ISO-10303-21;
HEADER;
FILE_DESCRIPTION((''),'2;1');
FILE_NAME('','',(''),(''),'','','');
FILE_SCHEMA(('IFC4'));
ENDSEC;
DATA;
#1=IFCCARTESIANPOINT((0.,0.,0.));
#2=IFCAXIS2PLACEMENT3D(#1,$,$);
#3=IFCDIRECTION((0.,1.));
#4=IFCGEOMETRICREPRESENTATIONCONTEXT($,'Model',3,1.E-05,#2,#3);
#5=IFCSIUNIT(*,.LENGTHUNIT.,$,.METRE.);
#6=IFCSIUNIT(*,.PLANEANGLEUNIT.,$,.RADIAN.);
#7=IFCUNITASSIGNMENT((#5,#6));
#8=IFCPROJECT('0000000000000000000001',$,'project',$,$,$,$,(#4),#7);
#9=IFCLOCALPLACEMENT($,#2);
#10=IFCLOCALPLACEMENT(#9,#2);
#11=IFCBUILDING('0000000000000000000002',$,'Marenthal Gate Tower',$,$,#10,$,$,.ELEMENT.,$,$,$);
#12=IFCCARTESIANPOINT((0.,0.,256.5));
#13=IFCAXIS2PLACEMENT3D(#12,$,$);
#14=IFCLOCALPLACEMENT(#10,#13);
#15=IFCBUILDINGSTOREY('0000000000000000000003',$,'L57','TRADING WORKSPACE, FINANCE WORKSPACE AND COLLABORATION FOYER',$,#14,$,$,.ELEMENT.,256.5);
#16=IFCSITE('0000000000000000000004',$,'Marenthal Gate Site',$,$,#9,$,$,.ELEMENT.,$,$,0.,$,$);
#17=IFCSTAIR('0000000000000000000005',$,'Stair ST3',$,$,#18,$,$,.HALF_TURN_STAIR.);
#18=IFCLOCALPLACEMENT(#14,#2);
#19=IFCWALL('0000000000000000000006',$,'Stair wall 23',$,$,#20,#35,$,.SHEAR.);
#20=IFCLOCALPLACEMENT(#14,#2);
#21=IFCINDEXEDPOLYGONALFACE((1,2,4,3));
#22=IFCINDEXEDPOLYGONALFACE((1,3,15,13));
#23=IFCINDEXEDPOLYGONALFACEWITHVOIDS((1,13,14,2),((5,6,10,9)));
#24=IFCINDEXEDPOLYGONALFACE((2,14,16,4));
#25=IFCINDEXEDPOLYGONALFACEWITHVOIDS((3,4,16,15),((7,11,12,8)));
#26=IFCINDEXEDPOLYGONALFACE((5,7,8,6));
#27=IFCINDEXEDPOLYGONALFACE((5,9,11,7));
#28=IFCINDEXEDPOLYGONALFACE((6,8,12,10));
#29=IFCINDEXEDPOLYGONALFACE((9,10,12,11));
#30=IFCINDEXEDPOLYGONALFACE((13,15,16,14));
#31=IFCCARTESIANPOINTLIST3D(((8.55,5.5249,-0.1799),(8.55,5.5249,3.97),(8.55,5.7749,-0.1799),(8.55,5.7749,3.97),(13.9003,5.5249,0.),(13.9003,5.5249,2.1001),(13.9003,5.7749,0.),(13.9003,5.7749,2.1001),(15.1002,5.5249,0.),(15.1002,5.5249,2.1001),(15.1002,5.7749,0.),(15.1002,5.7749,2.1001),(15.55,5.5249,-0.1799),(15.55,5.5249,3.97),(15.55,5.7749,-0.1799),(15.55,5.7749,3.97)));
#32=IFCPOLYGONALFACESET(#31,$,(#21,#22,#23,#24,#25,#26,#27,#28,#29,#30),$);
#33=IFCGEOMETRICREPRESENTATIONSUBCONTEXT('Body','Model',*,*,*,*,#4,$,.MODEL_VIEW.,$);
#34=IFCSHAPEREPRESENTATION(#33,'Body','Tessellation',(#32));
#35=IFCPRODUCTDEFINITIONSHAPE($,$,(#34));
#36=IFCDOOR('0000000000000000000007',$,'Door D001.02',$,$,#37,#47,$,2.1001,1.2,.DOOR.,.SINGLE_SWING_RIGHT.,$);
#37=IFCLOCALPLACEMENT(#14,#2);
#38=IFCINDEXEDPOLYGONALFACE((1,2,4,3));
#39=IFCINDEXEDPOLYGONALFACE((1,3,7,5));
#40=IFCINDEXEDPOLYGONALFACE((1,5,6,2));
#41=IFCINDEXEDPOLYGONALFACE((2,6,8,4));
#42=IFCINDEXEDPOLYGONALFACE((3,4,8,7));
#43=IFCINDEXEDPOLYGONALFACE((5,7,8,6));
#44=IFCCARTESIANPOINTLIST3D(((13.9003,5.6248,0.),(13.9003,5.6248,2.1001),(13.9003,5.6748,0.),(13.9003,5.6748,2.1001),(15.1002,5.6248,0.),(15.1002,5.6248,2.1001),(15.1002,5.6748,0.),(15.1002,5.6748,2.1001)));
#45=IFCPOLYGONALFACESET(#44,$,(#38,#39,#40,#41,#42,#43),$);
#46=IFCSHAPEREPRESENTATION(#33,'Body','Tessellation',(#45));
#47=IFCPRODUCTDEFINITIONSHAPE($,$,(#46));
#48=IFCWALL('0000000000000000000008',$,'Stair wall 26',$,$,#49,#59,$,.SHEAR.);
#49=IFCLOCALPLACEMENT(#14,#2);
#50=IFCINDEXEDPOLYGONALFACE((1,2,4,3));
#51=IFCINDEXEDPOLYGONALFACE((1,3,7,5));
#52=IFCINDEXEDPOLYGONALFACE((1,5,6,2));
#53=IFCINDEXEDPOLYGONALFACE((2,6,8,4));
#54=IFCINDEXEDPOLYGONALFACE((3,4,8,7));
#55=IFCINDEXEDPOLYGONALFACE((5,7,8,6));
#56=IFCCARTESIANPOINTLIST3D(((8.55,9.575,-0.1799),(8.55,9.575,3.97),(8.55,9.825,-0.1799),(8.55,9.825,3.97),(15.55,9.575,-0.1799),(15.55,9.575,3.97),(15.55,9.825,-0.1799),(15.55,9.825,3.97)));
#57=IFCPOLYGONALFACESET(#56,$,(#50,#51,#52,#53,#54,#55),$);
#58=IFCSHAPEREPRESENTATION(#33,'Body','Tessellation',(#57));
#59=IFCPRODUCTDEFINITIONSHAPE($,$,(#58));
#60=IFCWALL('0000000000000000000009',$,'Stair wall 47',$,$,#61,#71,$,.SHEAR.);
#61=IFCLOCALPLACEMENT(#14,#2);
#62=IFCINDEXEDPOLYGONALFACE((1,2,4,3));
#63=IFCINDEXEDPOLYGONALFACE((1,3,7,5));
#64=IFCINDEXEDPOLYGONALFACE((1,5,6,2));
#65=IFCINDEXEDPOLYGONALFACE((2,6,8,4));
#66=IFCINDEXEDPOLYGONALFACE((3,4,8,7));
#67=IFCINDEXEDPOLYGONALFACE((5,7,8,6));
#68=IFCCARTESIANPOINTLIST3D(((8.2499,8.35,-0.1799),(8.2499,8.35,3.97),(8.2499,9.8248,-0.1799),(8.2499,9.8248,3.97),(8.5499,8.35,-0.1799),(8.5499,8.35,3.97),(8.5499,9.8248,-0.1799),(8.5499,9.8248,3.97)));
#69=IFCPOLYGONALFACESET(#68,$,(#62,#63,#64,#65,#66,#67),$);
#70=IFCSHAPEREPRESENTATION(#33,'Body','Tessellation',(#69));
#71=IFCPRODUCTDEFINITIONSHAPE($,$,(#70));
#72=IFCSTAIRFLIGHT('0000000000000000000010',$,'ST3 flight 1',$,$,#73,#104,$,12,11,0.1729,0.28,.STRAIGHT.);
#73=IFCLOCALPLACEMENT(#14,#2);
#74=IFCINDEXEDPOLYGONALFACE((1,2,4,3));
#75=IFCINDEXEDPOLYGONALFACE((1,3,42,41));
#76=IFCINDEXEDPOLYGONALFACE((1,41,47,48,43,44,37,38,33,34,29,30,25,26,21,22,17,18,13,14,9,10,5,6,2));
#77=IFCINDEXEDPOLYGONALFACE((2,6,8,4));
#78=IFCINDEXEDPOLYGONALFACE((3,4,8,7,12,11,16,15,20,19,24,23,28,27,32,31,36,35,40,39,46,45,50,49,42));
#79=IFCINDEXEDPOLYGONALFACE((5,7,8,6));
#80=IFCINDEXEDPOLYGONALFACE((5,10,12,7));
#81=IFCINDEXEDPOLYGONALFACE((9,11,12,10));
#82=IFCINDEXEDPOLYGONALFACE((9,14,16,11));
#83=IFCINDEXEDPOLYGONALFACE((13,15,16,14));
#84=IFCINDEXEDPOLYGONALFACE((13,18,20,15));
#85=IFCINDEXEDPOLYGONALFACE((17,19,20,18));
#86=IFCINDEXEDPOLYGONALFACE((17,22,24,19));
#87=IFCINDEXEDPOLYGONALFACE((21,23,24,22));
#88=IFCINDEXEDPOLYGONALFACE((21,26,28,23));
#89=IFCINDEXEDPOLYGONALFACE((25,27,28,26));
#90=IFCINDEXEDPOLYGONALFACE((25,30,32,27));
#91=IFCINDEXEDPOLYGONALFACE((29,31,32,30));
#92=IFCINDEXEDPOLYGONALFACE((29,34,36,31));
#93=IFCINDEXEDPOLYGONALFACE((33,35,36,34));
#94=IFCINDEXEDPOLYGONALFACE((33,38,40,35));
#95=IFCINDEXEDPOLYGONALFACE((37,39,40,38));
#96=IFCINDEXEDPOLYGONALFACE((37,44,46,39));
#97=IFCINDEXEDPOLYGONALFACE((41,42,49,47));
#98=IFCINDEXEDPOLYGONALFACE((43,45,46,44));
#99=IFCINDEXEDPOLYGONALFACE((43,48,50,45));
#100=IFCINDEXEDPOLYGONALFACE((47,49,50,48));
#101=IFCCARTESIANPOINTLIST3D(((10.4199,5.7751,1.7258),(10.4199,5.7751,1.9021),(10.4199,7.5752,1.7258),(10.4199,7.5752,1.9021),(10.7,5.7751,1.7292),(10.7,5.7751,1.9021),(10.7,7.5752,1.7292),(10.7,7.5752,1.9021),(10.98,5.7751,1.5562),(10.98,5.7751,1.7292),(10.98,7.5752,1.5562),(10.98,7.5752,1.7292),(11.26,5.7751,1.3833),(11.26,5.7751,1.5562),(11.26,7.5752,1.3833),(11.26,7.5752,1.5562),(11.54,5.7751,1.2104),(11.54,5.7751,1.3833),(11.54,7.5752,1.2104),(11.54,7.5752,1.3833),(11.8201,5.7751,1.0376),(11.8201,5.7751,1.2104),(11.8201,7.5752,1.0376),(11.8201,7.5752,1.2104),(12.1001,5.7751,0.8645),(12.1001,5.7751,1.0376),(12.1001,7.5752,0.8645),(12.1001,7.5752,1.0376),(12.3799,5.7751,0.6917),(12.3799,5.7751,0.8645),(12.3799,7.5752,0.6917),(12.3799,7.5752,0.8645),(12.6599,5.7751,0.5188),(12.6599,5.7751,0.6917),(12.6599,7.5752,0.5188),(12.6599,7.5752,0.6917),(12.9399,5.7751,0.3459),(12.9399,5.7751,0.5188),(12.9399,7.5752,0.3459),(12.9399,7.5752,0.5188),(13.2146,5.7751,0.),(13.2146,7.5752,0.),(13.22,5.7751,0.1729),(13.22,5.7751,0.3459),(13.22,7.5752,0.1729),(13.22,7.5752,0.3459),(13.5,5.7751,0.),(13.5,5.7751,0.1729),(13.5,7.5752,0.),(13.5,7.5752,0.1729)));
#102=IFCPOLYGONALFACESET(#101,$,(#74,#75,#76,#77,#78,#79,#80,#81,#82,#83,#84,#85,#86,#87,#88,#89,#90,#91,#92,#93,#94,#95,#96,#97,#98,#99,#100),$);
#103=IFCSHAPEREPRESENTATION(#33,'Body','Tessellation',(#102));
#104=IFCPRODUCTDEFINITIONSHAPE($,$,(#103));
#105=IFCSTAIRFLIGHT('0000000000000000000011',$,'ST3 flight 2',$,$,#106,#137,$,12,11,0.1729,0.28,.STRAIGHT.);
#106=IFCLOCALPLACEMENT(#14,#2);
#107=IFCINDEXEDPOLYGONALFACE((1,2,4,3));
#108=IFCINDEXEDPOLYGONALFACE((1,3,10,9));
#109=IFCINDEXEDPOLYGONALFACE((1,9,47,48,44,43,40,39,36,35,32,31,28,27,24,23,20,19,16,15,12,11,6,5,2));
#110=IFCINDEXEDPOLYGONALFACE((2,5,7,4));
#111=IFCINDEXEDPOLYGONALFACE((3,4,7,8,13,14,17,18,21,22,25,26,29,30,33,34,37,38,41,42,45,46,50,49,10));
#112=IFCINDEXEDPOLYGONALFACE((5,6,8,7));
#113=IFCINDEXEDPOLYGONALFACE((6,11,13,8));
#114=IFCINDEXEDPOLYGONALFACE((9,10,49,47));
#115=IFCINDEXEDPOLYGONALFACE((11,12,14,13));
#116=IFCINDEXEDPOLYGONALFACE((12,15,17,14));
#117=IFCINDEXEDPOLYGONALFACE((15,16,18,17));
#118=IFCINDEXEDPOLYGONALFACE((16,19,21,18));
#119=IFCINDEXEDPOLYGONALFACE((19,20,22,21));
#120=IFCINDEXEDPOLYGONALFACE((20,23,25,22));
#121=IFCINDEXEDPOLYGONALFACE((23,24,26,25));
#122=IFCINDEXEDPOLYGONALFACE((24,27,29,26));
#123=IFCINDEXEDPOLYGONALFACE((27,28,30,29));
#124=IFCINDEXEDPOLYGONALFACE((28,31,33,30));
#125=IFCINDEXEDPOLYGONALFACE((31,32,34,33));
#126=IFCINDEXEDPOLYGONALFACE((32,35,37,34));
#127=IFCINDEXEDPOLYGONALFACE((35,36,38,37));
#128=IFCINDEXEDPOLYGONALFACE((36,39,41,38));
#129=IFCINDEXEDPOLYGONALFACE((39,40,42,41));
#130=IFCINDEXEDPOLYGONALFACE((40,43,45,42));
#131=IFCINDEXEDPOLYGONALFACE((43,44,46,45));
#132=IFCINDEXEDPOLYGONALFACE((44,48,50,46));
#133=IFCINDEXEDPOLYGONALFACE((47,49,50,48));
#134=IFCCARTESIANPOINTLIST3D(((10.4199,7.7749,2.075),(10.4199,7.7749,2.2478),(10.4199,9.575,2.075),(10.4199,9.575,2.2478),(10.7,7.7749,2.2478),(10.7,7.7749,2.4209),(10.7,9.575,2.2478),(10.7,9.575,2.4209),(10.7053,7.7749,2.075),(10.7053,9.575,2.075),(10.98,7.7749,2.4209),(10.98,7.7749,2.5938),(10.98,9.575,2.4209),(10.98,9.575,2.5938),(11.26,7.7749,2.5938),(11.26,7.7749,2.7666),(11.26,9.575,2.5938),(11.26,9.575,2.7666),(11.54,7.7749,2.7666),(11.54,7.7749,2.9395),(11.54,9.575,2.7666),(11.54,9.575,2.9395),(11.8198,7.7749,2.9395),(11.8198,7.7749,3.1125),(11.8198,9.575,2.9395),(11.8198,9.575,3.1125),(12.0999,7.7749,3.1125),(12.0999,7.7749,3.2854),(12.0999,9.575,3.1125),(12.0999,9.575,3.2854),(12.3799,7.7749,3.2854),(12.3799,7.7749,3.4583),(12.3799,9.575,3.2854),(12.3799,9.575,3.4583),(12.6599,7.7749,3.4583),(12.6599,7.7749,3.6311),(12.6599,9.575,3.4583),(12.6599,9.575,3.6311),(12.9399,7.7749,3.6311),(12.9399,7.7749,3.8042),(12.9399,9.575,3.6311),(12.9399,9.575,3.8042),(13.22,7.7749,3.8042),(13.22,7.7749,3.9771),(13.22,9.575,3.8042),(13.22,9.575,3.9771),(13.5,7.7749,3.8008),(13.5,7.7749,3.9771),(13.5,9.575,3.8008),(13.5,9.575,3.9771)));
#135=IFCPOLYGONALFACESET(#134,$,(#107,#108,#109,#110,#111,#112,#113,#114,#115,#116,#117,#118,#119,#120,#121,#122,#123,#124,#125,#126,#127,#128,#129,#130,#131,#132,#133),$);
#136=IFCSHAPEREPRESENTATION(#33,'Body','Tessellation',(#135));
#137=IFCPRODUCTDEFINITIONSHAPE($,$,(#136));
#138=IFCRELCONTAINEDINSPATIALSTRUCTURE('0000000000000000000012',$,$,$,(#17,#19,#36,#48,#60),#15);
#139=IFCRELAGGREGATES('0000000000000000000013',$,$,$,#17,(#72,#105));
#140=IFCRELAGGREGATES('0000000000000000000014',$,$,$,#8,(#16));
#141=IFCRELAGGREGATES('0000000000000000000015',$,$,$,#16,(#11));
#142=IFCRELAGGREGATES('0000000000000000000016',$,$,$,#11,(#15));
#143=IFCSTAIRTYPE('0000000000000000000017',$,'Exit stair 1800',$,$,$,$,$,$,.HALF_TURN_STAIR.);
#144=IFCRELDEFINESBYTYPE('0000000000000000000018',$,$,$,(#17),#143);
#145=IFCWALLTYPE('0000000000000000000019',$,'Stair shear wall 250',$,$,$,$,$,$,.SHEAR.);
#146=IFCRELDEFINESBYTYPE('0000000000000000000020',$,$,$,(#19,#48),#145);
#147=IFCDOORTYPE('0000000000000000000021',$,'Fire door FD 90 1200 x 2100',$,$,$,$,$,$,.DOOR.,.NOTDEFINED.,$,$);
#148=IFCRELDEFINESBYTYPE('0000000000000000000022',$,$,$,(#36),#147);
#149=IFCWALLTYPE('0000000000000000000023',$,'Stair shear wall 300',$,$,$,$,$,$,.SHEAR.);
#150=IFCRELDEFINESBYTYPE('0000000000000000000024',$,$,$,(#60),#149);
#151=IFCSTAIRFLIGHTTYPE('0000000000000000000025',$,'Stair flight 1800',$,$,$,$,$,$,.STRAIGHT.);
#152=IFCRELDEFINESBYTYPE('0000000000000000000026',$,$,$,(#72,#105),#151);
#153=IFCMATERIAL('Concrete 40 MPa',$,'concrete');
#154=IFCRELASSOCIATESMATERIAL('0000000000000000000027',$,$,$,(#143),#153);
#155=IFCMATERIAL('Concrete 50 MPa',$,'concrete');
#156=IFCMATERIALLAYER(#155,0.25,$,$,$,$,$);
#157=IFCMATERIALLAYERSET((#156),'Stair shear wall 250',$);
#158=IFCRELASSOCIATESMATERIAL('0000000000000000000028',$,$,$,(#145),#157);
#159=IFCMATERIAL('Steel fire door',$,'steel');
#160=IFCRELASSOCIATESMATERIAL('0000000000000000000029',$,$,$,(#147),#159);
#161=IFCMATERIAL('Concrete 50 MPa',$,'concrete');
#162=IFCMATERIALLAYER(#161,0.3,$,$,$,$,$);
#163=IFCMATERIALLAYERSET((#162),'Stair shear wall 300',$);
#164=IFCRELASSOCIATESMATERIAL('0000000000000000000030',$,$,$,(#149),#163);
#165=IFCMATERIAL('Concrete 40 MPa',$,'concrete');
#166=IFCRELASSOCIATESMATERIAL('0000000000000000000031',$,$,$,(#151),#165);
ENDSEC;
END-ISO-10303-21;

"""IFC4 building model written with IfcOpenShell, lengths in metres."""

from ifc_helpers import new_model, si_unit, direction, frame, frame_2d, origin, place, context, subcontext, project, spatial, polyline, rectangle, outline, extrude, material, layer, layer_set, type_object, element, fill, aggregate, save


model = new_model("IFC4")

# Units and contexts
model_context = context("Model", 3, precision=1e-05, world=origin(), true_north=direction((0.0, 1.0)))
body_context = subcontext(model_context, "Body", "Model", "MODEL_VIEW")
ifc_project = project(units=[si_unit("LENGTHUNIT", "METRE"), si_unit("PLANEANGLEUNIT", "RADIAN")], contexts=[model_context])

# Site, building, storey
site_placement = place(None, origin())
site = spatial("IfcSite", under=ifc_project, at=site_placement, Name="Marenthal Gate Site", CompositionType="ELEMENT", RefElevation=0.0)
building_placement = place(site_placement, origin())
building = spatial("IfcBuilding", under=site, at=building_placement, Name="Marenthal Gate Tower", CompositionType="ELEMENT")
storey_placement = place(building_placement, frame((0.0, 0.0, 256.5)))
storey = spatial("IfcBuildingStorey", under=building, at=storey_placement, Name="L57", Description="TRADING WORKSPACE, FINANCE WORKSPACE AND COLLABORATION FOYER", CompositionType="ELEMENT", Elevation=256.5)

# Stair
ifc_material_1 = material(Name="Concrete 40 MPa", Category="concrete")
stair_type = type_object("IfcStairType", Name="Exit stair 1800", PredefinedType="HALF_TURN_STAIR", material=ifc_material_1)
stair_1_placement = place(storey_placement, origin())
stair_1 = element("IfcStair", 1, at=stair_1_placement, inside=storey, type_object=stair_type, Name="Stair ST3", PredefinedType="HALF_TURN_STAIR")

# Wall, opening, door
ifc_material_2 = material(Name="Concrete 50 MPa", Category="concrete")
ifc_layer_1 = layer(ifc_material_2, 0.25)
ifc_layer_set_1 = layer_set([ifc_layer_1], Name="Stair shear wall 250")
wall_type_1 = type_object("IfcWallType", Name="Stair shear wall 250", PredefinedType="SHEAR", material=ifc_layer_set_1)
wall_1_placement = place(storey_placement, frame((8.55, 5.6499, -0.1799), z_axis=(0.0, 0.0, 1.0), x_axis=(1.0, 0.0, 0.0)))
wall_1 = element("IfcWall", 2, at=wall_1_placement, inside=storey, type_object=wall_type_1, Name="Stair wall 23", PredefinedType="SHEAR", context=body_context, shape_type="SweptSolid", body=[
    extrude(rectangle(XDim=7.0, YDim=0.25, at=frame_2d((3.5, 0.0))), origin(), (0.0, 0.0, 1.0), 4.1499),
])
opening_1_placement = place(wall_1_placement, frame((5.3501, 0.0, 0.1799)))
opening_1 = element("IfcOpeningElement", 3, at=opening_1_placement, cuts=wall_1, PredefinedType="OPENING", context=body_context, shape_type="SweptSolid", body=[
    extrude(rectangle(XDim=1.2, YDim=2.1001, at=frame_2d((0.6001, 1.05))), frame((0.0, 0.135, 0.0), z_axis=(0.0, -1.0, 0.0), x_axis=(1.0, 0.0, 0.0)), (0.0, 0.0, 1.0), 0.27),
])
ifc_material_3 = material(Name="Steel fire door", Category="steel")
door_type_1 = type_object("IfcDoorType", Name="Fire door FD 90 1200 x 2100", OperationType="NOTDEFINED", PredefinedType="DOOR", material=ifc_material_3)
door_1_placement = place(opening_1_placement, origin())
door_1 = element("IfcDoor", 4, at=door_1_placement, inside=storey, type_object=door_type_1, Name="Door D001.02", OperationType="SINGLE_SWING_RIGHT", OverallHeight=2.1001, OverallWidth=1.2, PredefinedType="DOOR", context=body_context, shape_type="SweptSolid", body=[
    extrude(rectangle(XDim=1.2, YDim=2.1001, at=frame_2d((0.6001, 1.05))), frame((0.0, 0.0249, 0.0), z_axis=(0.0, -1.0, 0.0), x_axis=(1.0, 0.0, 0.0)), (0.0, 0.0, 1.0), 0.05),
])
fill(opening_1, door_1)

# Walls
wall_2_placement = place(storey_placement, frame((8.55, 9.7, -0.1799), z_axis=(0.0, 0.0, 1.0), x_axis=(1.0, 0.0, 0.0)))
element("IfcWall", 5, at=wall_2_placement, inside=storey, type_object=wall_type_1, Name="Stair wall 26", PredefinedType="SHEAR", context=body_context, shape_type="SweptSolid", body=[
    extrude(rectangle(XDim=7.0, YDim=0.25, at=frame_2d((3.5, 0.0))), origin(), (0.0, 0.0, 1.0), 4.1499),
])
ifc_material_4 = material(Name="Concrete 50 MPa", Category="concrete")
ifc_layer_2 = layer(ifc_material_4, 0.3)
ifc_layer_set_2 = layer_set([ifc_layer_2], Name="Stair shear wall 300")
wall_type_2 = type_object("IfcWallType", Name="Stair shear wall 300", PredefinedType="SHEAR", material=ifc_layer_set_2)
wall_3_placement = place(storey_placement, frame((8.3999, 8.3501, -0.1799), z_axis=(0.0, 0.0, 1.0), x_axis=(0.0, 1.0, 0.0)))
element("IfcWall", 6, at=wall_3_placement, inside=storey, type_object=wall_type_2, Name="Stair wall 47", PredefinedType="SHEAR", context=body_context, shape_type="SweptSolid", body=[
    extrude(rectangle(XDim=1.4749, YDim=0.3, at=frame_2d((0.7373, 0.0))), origin(), (0.0, 0.0, 1.0), 4.1499),
])

# Stair flights
ifc_material_5 = material(Name="Concrete 40 MPa", Category="concrete")
stair_flight_type = type_object("IfcStairFlightType", Name="Stair flight 1800", PredefinedType="STRAIGHT", material=ifc_material_5)
stair_flight_1_placement = place(storey_placement, frame((13.5, 6.675, 0.0), z_axis=(0.0, 0.0, 1.0), x_axis=(-1.0, 0.0, 0.0)))
stair_flight_1 = element("IfcStairFlight", 7, at=stair_flight_1_placement, type_object=stair_flight_type, Name="ST3 flight 1", NumberOfRisers=12, NumberOfTreads=11, PredefinedType="STRAIGHT", RiserHeight=0.1729, TreadLength=0.28, context=body_context, shape_type="SweptSolid", body=[
    extrude(outline(polyline([(0.0, 0.0), (0.0, 0.1729), (0.28, 0.1729), (0.28, 0.3459), (0.5601, 0.3459), (0.5601, 0.5188), (0.8401, 0.5188), (0.8401, 0.6917), (1.1201, 0.6917), (1.1201, 0.8645), (1.3999, 0.8645), (1.3999, 1.0376), (1.6799, 1.0376), (1.6799, 1.2104), (1.96, 1.2104), (1.96, 1.3833), (2.24, 1.3833), (2.24, 1.5562), (2.52, 1.5562), (2.52, 1.7292), (2.8, 1.7292), (2.8, 1.9021), (3.0801, 1.9021), (3.0801, 2.075), (3.0801, 1.7258), (0.2854, 0.0), (0.0, 0.0)])), frame((0.0, 0.8999, 0.0), z_axis=(0.0, -1.0, 0.0), x_axis=(1.0, 0.0, 0.0)), (0.0, 0.0, 1.0), 1.8),
])
stair_flight_2_placement = place(storey_placement, frame((10.4199, 8.675, 2.075), z_axis=(0.0, 0.0, 1.0), x_axis=(1.0, 0.0, 0.0)))
stair_flight_2 = element("IfcStairFlight", 8, at=stair_flight_2_placement, type_object=stair_flight_type, Name="ST3 flight 2", NumberOfRisers=12, NumberOfTreads=11, PredefinedType="STRAIGHT", RiserHeight=0.1729, TreadLength=0.28, context=body_context, shape_type="SweptSolid", body=[
    extrude(outline(polyline([(0.0, 0.0), (0.0, 0.1729), (0.28, 0.1729), (0.28, 0.3459), (0.5601, 0.3459), (0.5601, 0.5188), (0.8401, 0.5188), (0.8401, 0.6917), (1.1201, 0.6917), (1.1201, 0.8645), (1.3999, 0.8645), (1.3999, 1.0376), (1.6799, 1.0376), (1.6799, 1.2104), (1.96, 1.2104), (1.96, 1.3833), (2.24, 1.3833), (2.24, 1.5562), (2.52, 1.5562), (2.52, 1.7292), (2.8, 1.7292), (2.8, 1.9021), (3.0801, 1.9021), (3.0801, 2.075), (3.0801, 1.7258), (0.2854, 0.0), (0.0, 0.0)])), frame((0.0, 0.8999, 0.0), z_axis=(0.0, -1.0, 0.0), x_axis=(1.0, 0.0, 0.0)), (0.0, 0.0, 1.0), 1.8),
])
aggregate(stair_1, [stair_flight_1, stair_flight_2])

save(model, "model.ifc")
